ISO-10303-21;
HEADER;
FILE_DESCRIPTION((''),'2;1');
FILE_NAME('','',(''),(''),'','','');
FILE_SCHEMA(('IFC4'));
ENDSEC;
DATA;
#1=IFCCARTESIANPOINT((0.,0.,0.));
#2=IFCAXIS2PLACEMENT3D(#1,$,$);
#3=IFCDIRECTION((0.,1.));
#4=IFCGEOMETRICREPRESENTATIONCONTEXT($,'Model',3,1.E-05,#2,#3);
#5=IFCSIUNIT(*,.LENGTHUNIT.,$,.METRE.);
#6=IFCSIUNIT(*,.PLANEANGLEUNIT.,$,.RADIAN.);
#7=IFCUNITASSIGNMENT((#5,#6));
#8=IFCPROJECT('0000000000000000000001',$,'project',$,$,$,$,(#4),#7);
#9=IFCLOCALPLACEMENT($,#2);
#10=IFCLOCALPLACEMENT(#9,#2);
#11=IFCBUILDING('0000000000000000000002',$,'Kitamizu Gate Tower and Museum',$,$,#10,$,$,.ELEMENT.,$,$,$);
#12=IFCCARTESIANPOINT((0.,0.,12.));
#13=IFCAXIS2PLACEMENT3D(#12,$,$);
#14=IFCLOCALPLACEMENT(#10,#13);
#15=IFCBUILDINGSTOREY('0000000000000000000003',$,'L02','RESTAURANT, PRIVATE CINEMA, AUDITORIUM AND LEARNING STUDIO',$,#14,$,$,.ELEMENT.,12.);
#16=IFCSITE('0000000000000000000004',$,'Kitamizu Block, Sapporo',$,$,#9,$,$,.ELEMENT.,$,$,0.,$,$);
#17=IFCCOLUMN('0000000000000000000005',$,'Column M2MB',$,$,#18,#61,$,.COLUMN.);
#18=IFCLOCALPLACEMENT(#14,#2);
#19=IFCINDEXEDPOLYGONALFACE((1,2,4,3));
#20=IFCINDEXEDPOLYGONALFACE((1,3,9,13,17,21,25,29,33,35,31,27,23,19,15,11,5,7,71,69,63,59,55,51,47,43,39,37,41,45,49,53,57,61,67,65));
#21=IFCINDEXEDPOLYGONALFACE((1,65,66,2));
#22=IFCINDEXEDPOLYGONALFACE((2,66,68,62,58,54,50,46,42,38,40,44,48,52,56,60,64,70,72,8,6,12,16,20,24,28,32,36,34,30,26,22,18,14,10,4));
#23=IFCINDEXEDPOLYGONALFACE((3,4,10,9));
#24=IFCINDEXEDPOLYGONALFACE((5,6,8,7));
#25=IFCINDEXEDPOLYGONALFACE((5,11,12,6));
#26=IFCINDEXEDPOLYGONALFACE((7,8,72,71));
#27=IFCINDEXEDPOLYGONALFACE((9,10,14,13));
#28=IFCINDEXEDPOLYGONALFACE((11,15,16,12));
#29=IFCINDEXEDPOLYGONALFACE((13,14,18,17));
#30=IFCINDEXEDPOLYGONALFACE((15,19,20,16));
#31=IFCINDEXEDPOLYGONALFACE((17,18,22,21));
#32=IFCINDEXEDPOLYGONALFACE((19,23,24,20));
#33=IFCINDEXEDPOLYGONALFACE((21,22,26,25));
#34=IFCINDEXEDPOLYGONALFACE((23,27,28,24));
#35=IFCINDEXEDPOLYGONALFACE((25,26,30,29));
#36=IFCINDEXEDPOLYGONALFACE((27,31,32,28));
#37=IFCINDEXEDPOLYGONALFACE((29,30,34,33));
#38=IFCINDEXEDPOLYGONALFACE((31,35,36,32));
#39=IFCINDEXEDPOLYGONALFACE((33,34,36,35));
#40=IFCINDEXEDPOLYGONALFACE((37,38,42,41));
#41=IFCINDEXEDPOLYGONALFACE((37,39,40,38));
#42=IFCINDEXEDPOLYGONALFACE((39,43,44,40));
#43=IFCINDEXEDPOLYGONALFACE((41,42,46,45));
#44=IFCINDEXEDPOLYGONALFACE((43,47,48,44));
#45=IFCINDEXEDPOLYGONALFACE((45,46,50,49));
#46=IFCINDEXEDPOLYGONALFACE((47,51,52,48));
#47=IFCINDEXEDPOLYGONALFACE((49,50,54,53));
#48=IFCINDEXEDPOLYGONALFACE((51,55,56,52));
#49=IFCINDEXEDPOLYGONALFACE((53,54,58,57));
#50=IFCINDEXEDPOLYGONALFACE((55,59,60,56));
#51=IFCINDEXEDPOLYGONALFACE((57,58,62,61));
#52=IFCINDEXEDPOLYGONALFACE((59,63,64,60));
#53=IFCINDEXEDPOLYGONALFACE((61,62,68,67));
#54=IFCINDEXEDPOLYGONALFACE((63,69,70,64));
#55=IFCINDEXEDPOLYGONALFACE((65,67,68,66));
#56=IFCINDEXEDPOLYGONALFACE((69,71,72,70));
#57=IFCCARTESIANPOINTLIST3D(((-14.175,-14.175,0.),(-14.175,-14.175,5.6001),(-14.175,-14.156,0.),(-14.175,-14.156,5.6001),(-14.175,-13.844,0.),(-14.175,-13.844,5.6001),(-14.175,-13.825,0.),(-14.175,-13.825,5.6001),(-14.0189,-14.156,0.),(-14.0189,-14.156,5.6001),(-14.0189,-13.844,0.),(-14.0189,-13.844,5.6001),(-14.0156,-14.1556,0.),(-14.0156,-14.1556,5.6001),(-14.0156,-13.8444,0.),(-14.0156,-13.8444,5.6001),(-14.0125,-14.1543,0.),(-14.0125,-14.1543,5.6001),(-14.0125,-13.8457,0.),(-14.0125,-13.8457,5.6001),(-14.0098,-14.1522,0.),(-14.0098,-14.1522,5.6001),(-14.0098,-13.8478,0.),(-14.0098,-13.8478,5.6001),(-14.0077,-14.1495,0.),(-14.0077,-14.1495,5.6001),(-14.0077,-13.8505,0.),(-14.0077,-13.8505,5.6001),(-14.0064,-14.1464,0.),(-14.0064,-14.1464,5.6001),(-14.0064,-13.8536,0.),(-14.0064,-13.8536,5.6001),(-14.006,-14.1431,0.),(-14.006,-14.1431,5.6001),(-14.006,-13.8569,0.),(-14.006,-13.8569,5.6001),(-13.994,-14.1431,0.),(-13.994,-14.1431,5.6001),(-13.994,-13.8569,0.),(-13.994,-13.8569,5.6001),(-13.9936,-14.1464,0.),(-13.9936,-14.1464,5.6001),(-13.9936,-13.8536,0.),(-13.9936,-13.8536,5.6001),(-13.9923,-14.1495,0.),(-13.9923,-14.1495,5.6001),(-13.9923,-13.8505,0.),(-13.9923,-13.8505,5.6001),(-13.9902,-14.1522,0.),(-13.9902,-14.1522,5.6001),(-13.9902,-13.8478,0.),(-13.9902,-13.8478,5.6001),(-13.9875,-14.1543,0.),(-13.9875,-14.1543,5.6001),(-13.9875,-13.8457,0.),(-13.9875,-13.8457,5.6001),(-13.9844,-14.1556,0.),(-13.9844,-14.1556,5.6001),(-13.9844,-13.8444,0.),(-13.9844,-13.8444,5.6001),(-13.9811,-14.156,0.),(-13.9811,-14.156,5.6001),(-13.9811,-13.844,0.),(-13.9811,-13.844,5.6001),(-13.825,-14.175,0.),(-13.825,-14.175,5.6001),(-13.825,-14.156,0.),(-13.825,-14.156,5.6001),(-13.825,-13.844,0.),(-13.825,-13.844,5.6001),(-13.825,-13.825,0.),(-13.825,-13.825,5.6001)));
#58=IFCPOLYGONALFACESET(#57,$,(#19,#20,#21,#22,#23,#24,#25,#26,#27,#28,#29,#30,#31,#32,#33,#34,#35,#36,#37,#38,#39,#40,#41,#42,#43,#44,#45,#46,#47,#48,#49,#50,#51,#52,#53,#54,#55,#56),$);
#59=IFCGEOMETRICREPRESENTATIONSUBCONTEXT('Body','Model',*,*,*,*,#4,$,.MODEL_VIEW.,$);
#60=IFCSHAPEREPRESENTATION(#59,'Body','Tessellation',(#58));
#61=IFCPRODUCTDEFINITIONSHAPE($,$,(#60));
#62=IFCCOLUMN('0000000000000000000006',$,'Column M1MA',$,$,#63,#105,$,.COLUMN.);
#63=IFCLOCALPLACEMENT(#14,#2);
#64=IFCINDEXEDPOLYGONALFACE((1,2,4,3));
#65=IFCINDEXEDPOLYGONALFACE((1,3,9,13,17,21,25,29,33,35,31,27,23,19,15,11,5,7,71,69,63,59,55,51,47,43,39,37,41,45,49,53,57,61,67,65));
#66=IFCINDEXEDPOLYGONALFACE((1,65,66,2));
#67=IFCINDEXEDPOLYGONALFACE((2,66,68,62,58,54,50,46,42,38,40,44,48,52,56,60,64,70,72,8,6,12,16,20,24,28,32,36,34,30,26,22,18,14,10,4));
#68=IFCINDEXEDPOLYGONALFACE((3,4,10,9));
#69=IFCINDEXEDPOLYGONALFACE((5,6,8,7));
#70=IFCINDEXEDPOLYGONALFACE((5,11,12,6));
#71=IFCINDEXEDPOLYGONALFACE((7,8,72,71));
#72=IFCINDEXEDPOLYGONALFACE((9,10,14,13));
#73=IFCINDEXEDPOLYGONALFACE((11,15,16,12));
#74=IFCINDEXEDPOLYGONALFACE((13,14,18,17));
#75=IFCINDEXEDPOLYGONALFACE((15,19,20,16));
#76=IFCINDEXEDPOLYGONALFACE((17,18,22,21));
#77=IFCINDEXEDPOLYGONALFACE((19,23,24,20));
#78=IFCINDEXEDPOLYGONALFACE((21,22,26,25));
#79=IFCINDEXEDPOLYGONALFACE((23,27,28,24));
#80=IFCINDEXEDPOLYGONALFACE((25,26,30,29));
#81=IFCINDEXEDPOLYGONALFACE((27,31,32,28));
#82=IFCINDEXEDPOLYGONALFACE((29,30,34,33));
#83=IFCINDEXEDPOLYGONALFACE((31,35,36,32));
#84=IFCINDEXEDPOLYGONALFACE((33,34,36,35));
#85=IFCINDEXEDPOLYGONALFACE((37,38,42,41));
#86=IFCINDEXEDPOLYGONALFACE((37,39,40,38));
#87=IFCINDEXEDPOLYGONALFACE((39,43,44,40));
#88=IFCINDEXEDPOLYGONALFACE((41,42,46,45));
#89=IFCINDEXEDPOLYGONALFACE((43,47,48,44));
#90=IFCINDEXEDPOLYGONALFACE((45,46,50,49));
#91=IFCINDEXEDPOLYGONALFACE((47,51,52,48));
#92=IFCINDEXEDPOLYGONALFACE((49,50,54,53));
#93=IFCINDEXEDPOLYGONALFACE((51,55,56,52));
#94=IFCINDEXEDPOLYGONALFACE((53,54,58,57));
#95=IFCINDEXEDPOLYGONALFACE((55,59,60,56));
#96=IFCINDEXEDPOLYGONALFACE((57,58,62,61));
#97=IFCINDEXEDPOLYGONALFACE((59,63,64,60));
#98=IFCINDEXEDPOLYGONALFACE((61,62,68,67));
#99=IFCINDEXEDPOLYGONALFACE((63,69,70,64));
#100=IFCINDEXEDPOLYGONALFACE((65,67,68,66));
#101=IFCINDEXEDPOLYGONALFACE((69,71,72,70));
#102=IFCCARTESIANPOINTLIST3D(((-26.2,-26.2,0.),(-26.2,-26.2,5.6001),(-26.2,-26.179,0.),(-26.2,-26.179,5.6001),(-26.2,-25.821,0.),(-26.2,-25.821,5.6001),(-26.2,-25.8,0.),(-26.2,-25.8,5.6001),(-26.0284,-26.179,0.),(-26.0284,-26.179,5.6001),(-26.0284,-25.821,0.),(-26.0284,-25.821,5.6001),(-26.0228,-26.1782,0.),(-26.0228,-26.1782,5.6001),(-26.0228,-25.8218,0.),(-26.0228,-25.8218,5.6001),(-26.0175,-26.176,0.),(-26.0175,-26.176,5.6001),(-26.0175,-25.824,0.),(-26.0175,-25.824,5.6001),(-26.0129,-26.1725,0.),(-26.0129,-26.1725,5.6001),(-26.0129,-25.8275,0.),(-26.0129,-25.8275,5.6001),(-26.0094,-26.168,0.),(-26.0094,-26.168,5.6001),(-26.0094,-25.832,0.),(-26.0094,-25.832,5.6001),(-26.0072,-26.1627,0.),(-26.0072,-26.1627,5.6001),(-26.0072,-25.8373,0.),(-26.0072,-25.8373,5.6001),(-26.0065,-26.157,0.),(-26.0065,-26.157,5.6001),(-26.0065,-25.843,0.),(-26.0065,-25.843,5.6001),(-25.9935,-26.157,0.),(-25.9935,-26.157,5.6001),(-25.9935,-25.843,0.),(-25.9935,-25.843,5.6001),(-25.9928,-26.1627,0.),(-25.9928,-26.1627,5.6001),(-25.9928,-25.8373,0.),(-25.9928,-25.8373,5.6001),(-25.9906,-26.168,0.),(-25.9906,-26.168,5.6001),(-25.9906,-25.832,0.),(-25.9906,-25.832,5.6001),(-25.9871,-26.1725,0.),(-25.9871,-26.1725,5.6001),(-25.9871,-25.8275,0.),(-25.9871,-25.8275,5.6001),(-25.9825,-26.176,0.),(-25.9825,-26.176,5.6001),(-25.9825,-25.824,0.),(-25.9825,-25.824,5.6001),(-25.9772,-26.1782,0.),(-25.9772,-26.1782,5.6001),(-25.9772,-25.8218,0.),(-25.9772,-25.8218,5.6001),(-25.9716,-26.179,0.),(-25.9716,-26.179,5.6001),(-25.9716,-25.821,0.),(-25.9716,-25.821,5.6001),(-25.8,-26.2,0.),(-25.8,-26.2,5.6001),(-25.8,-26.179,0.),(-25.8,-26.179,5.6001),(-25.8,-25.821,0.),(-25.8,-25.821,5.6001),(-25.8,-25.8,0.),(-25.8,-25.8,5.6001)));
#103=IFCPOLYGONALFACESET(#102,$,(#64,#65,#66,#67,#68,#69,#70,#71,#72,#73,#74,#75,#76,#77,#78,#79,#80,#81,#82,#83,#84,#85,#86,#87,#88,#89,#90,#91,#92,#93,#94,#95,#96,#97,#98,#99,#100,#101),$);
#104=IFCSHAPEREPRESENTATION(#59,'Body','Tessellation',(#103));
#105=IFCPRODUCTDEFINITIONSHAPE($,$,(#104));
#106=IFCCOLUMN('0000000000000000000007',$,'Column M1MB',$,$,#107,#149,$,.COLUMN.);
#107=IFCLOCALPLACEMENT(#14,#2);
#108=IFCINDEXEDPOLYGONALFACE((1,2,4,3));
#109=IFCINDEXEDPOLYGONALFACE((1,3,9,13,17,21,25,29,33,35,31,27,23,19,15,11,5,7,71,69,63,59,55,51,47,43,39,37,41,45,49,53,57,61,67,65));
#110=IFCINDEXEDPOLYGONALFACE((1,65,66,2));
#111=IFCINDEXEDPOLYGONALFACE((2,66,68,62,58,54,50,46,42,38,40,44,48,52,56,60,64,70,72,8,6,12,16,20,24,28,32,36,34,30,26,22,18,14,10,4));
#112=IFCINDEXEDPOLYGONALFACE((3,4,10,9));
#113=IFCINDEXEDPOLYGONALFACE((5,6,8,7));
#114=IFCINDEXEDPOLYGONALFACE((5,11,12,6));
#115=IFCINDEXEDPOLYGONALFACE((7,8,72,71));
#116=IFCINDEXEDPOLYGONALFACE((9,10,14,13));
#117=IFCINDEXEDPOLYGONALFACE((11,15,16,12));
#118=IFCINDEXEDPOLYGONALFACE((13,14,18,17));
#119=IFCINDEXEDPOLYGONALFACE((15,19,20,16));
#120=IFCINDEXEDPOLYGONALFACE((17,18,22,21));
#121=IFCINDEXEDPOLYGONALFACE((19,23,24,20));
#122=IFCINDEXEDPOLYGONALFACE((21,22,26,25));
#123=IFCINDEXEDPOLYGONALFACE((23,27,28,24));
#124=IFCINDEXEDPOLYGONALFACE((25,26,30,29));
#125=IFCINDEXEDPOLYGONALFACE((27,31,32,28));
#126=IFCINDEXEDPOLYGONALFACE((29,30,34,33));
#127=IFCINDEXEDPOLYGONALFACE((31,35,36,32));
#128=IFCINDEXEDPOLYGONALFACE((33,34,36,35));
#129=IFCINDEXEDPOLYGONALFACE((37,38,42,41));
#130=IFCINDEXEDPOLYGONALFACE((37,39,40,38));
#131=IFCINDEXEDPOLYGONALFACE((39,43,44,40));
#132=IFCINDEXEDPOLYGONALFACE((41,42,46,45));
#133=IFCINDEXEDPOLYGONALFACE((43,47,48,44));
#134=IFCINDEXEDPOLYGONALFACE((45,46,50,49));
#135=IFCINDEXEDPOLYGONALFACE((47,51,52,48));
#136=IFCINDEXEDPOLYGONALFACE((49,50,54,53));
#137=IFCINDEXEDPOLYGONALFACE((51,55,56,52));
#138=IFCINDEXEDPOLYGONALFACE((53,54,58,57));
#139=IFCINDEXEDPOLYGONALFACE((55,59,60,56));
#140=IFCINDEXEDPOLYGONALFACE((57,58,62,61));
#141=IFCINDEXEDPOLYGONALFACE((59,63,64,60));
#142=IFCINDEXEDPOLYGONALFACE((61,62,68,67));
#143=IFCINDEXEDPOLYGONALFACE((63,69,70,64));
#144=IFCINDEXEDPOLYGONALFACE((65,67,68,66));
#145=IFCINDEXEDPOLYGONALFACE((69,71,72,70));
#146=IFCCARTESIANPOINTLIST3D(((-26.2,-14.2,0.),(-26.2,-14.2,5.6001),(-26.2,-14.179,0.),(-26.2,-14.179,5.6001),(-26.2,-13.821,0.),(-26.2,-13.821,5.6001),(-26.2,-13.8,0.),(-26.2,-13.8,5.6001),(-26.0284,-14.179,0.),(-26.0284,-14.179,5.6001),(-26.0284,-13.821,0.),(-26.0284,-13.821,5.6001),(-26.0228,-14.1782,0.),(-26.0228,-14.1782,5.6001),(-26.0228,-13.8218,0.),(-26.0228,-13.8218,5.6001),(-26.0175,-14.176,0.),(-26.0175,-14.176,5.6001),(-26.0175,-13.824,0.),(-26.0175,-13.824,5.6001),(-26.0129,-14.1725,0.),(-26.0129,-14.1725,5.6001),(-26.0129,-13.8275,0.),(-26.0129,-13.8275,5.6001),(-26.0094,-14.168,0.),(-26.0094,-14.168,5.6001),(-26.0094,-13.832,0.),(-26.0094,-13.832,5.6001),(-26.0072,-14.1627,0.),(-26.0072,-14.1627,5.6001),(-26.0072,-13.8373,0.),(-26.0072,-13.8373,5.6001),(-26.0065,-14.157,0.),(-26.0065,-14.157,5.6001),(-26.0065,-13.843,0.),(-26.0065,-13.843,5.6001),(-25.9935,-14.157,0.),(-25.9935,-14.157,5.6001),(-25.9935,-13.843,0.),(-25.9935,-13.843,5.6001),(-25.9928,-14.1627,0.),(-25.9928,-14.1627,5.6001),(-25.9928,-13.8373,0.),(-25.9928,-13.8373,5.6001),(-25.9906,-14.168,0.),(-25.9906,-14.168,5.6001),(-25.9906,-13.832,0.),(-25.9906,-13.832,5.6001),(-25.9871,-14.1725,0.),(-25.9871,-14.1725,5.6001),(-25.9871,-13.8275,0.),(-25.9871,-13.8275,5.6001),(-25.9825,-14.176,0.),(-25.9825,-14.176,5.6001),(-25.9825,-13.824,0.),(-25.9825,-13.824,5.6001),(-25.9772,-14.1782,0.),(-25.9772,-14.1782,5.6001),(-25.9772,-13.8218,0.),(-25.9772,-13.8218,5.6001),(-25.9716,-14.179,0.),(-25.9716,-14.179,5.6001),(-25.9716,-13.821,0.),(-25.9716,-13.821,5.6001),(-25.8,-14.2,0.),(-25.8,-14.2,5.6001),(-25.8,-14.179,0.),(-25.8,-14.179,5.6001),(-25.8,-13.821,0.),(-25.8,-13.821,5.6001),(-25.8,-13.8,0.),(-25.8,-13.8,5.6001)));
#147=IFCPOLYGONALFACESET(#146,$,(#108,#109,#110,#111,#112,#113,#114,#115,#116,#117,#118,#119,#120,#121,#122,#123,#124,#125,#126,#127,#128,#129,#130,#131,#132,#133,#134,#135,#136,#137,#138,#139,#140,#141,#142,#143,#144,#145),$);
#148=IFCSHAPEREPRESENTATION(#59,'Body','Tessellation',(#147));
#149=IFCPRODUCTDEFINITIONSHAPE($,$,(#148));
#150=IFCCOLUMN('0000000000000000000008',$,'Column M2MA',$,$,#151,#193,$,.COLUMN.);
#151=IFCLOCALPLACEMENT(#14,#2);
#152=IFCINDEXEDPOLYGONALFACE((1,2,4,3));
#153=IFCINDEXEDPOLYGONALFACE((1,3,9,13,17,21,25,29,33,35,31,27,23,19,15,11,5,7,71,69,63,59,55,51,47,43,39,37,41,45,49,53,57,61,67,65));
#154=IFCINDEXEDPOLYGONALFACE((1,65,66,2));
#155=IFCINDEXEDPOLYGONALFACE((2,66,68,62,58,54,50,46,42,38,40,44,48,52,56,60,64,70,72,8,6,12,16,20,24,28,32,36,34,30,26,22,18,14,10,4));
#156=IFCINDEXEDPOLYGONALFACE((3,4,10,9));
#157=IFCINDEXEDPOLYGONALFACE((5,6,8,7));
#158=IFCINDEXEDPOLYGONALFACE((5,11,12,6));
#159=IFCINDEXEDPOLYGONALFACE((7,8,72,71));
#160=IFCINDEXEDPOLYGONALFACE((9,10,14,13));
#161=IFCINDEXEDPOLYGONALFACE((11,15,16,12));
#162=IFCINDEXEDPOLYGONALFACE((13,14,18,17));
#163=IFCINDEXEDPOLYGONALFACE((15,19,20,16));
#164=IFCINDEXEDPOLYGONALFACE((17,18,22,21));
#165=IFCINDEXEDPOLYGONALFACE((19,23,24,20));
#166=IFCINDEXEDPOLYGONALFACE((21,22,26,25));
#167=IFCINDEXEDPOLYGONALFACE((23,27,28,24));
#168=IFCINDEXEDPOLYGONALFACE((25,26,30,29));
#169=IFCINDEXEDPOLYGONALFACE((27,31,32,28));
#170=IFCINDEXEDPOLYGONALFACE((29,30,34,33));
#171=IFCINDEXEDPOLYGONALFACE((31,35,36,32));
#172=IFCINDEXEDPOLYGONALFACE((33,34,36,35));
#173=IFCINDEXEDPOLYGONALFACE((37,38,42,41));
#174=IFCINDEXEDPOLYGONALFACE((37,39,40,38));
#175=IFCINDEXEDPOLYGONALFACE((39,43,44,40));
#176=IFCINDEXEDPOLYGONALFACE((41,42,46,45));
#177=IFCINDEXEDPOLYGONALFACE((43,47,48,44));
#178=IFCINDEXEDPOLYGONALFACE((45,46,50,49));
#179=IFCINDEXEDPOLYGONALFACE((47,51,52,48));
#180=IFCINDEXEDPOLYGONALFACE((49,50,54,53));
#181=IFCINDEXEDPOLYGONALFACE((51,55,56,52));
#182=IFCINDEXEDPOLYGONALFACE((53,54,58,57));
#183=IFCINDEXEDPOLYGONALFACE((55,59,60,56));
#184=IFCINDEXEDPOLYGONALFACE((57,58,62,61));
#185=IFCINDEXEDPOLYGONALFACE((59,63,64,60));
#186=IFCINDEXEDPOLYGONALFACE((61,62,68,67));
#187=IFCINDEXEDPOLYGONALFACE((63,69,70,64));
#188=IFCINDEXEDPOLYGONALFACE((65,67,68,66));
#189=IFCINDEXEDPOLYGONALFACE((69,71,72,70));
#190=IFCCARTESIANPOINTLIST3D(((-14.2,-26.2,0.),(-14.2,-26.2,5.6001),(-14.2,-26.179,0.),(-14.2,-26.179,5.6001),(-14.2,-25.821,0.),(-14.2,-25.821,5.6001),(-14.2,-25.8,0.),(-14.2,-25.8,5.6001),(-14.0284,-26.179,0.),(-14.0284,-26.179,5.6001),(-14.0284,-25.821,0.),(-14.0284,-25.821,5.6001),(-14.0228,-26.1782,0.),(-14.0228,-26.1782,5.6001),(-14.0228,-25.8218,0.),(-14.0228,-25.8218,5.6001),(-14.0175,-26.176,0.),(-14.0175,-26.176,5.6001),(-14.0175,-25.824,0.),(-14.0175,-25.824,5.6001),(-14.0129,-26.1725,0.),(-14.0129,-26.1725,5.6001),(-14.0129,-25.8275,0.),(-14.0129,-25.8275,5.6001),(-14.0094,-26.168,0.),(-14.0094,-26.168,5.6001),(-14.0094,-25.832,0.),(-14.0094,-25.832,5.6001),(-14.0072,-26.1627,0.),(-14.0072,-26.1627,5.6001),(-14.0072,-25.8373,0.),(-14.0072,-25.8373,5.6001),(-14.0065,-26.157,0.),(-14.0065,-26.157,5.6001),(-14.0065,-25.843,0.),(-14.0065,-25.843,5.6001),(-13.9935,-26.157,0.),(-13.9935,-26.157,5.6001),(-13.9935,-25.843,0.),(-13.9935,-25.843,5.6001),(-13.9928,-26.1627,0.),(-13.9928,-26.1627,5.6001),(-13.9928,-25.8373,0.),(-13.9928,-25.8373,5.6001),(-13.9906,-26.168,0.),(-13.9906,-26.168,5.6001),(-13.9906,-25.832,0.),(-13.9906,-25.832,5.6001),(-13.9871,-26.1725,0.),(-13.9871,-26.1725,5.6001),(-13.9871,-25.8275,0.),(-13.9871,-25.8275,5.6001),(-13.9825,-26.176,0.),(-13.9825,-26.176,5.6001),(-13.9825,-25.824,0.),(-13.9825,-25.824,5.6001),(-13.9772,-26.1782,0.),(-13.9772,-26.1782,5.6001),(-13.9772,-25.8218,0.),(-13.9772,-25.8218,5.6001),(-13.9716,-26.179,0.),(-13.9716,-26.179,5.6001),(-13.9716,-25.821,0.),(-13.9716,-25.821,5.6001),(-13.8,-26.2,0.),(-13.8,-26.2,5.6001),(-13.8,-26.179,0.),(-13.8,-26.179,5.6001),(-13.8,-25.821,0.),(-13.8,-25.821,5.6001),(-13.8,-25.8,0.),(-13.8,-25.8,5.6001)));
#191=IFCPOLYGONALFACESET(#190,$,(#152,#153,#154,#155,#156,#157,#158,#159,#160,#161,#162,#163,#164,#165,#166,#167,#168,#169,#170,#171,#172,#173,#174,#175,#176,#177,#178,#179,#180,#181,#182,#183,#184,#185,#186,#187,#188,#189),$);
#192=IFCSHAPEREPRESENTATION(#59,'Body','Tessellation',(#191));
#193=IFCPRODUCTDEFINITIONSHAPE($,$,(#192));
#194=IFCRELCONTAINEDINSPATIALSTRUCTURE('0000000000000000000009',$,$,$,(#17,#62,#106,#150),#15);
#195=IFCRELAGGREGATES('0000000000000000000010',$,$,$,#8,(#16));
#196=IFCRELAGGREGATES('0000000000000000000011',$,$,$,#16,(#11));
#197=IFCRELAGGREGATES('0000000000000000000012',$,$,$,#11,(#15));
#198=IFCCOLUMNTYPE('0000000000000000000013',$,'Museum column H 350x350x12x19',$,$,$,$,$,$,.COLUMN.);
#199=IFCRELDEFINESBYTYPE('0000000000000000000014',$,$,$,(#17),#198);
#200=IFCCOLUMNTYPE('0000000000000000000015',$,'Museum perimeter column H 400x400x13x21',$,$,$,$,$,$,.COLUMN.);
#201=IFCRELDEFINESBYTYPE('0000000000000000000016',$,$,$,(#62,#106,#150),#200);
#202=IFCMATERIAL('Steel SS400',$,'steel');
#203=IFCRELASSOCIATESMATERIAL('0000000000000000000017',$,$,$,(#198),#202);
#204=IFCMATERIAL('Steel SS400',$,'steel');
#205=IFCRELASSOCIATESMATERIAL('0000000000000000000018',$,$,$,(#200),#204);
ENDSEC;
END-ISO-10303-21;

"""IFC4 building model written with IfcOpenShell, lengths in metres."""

from ifc_helpers import new_model, si_unit, direction, frame, origin, origin_2d, place, context, subcontext, project, spatial, i_section, extrude, material, material_profile, profile_set, type_object, element, save


model = new_model("IFC4")

# Units and contexts
model_context = context("Model", 3, precision=1e-05, world=origin(), true_north=direction((0.0, 1.0)))
body_context = subcontext(model_context, "Body", "Model", "MODEL_VIEW")
ifc_project = project(units=[si_unit("LENGTHUNIT", "METRE"), si_unit("PLANEANGLEUNIT", "RADIAN")], contexts=[model_context])

# Site, building, storey
site_placement = place(None, origin())
site = spatial("IfcSite", under=ifc_project, at=site_placement, Name="Kitamizu Block, Sapporo", CompositionType="ELEMENT", RefElevation=0.0)
building_placement = place(site_placement, origin())
building = spatial("IfcBuilding", under=site, at=building_placement, Name="Kitamizu Gate Tower and Museum", CompositionType="ELEMENT")
storey_placement = place(building_placement, frame((0.0, 0.0, 12.0)))
storey = spatial("IfcBuildingStorey", under=building, at=storey_placement, Name="L02", Description="RESTAURANT, PRIVATE CINEMA, AUDITORIUM AND LEARNING STUDIO", CompositionType="ELEMENT", Elevation=12.0)

# Columns
ifc_material_1 = material(Name="Steel SS400", Category="steel")
ifc_material_profile_1 = material_profile(ifc_material_1, i_section(OverallWidth=0.3501, OverallDepth=0.3501, WebThickness=0.012, FlangeThickness=0.019, FilletRadius=0.0129, at=origin_2d()), Name="H-350x350x12x19")
ifc_profile_set_1 = profile_set([ifc_material_profile_1], Name="Steel SS400")
column_type_1 = type_object("IfcColumnType", Name="Museum column H 350x350x12x19", PredefinedType="COLUMN", material=ifc_profile_set_1)
column_placement = place(storey_placement, frame((-14.0, -14.0, 0.0), z_axis=(0.0, 0.0, 1.0), x_axis=(1.0, 0.0, 0.0)))
element("IfcColumn", 1, at=column_placement, inside=storey, type_object=column_type_1, Name="Column M2MB", PredefinedType="COLUMN", context=body_context, shape_type="SweptSolid", body=[
    extrude(i_section(OverallWidth=0.3501, OverallDepth=0.3501, WebThickness=0.012, FlangeThickness=0.019, FilletRadius=0.0129, at=origin_2d()), origin(), (0.0, 0.0, 1.0), 5.6001),
])
ifc_material_2 = material(Name="Steel SS400", Category="steel")
ifc_material_profile_2 = material_profile(ifc_material_2, i_section(OverallWidth=0.3999, OverallDepth=0.3999, WebThickness=0.0129, FlangeThickness=0.021, FilletRadius=0.022, at=origin_2d()), Name="H-400x400x13x21")
ifc_profile_set_2 = profile_set([ifc_material_profile_2], Name="Steel SS400")
column_type_2 = type_object("IfcColumnType", Name="Museum perimeter column H 400x400x13x21", PredefinedType="COLUMN", material=ifc_profile_set_2)
for number, where, z_axis, x_axis, name in (
    (2, (-26.0, -26.0, 0.0), (0.0, 0.0, 1.0), (1.0, 0.0, 0.0), "Column M1MA"),
    (3, (-26.0, -14.0, 0.0), (0.0, 0.0, 1.0), (1.0, 0.0, 0.0), "Column M1MB"),
    (4, (-14.0, -26.0, 0.0), (0.0, 0.0, 1.0), (1.0, 0.0, 0.0), "Column M2MA"),
):
    element("IfcColumn", number, at=place(storey_placement, frame(where, z_axis=z_axis, x_axis=x_axis)), inside=storey, type_object=column_type_2, Name=name, PredefinedType="COLUMN", context=body_context, shape_type="SweptSolid", body=[
        extrude(i_section(OverallWidth=0.3999, OverallDepth=0.3999, WebThickness=0.0129, FlangeThickness=0.021, FilletRadius=0.022, at=origin_2d()), origin(), (0.0, 0.0, 1.0), 5.6001),
    ])

save(model, "model.ifc")
